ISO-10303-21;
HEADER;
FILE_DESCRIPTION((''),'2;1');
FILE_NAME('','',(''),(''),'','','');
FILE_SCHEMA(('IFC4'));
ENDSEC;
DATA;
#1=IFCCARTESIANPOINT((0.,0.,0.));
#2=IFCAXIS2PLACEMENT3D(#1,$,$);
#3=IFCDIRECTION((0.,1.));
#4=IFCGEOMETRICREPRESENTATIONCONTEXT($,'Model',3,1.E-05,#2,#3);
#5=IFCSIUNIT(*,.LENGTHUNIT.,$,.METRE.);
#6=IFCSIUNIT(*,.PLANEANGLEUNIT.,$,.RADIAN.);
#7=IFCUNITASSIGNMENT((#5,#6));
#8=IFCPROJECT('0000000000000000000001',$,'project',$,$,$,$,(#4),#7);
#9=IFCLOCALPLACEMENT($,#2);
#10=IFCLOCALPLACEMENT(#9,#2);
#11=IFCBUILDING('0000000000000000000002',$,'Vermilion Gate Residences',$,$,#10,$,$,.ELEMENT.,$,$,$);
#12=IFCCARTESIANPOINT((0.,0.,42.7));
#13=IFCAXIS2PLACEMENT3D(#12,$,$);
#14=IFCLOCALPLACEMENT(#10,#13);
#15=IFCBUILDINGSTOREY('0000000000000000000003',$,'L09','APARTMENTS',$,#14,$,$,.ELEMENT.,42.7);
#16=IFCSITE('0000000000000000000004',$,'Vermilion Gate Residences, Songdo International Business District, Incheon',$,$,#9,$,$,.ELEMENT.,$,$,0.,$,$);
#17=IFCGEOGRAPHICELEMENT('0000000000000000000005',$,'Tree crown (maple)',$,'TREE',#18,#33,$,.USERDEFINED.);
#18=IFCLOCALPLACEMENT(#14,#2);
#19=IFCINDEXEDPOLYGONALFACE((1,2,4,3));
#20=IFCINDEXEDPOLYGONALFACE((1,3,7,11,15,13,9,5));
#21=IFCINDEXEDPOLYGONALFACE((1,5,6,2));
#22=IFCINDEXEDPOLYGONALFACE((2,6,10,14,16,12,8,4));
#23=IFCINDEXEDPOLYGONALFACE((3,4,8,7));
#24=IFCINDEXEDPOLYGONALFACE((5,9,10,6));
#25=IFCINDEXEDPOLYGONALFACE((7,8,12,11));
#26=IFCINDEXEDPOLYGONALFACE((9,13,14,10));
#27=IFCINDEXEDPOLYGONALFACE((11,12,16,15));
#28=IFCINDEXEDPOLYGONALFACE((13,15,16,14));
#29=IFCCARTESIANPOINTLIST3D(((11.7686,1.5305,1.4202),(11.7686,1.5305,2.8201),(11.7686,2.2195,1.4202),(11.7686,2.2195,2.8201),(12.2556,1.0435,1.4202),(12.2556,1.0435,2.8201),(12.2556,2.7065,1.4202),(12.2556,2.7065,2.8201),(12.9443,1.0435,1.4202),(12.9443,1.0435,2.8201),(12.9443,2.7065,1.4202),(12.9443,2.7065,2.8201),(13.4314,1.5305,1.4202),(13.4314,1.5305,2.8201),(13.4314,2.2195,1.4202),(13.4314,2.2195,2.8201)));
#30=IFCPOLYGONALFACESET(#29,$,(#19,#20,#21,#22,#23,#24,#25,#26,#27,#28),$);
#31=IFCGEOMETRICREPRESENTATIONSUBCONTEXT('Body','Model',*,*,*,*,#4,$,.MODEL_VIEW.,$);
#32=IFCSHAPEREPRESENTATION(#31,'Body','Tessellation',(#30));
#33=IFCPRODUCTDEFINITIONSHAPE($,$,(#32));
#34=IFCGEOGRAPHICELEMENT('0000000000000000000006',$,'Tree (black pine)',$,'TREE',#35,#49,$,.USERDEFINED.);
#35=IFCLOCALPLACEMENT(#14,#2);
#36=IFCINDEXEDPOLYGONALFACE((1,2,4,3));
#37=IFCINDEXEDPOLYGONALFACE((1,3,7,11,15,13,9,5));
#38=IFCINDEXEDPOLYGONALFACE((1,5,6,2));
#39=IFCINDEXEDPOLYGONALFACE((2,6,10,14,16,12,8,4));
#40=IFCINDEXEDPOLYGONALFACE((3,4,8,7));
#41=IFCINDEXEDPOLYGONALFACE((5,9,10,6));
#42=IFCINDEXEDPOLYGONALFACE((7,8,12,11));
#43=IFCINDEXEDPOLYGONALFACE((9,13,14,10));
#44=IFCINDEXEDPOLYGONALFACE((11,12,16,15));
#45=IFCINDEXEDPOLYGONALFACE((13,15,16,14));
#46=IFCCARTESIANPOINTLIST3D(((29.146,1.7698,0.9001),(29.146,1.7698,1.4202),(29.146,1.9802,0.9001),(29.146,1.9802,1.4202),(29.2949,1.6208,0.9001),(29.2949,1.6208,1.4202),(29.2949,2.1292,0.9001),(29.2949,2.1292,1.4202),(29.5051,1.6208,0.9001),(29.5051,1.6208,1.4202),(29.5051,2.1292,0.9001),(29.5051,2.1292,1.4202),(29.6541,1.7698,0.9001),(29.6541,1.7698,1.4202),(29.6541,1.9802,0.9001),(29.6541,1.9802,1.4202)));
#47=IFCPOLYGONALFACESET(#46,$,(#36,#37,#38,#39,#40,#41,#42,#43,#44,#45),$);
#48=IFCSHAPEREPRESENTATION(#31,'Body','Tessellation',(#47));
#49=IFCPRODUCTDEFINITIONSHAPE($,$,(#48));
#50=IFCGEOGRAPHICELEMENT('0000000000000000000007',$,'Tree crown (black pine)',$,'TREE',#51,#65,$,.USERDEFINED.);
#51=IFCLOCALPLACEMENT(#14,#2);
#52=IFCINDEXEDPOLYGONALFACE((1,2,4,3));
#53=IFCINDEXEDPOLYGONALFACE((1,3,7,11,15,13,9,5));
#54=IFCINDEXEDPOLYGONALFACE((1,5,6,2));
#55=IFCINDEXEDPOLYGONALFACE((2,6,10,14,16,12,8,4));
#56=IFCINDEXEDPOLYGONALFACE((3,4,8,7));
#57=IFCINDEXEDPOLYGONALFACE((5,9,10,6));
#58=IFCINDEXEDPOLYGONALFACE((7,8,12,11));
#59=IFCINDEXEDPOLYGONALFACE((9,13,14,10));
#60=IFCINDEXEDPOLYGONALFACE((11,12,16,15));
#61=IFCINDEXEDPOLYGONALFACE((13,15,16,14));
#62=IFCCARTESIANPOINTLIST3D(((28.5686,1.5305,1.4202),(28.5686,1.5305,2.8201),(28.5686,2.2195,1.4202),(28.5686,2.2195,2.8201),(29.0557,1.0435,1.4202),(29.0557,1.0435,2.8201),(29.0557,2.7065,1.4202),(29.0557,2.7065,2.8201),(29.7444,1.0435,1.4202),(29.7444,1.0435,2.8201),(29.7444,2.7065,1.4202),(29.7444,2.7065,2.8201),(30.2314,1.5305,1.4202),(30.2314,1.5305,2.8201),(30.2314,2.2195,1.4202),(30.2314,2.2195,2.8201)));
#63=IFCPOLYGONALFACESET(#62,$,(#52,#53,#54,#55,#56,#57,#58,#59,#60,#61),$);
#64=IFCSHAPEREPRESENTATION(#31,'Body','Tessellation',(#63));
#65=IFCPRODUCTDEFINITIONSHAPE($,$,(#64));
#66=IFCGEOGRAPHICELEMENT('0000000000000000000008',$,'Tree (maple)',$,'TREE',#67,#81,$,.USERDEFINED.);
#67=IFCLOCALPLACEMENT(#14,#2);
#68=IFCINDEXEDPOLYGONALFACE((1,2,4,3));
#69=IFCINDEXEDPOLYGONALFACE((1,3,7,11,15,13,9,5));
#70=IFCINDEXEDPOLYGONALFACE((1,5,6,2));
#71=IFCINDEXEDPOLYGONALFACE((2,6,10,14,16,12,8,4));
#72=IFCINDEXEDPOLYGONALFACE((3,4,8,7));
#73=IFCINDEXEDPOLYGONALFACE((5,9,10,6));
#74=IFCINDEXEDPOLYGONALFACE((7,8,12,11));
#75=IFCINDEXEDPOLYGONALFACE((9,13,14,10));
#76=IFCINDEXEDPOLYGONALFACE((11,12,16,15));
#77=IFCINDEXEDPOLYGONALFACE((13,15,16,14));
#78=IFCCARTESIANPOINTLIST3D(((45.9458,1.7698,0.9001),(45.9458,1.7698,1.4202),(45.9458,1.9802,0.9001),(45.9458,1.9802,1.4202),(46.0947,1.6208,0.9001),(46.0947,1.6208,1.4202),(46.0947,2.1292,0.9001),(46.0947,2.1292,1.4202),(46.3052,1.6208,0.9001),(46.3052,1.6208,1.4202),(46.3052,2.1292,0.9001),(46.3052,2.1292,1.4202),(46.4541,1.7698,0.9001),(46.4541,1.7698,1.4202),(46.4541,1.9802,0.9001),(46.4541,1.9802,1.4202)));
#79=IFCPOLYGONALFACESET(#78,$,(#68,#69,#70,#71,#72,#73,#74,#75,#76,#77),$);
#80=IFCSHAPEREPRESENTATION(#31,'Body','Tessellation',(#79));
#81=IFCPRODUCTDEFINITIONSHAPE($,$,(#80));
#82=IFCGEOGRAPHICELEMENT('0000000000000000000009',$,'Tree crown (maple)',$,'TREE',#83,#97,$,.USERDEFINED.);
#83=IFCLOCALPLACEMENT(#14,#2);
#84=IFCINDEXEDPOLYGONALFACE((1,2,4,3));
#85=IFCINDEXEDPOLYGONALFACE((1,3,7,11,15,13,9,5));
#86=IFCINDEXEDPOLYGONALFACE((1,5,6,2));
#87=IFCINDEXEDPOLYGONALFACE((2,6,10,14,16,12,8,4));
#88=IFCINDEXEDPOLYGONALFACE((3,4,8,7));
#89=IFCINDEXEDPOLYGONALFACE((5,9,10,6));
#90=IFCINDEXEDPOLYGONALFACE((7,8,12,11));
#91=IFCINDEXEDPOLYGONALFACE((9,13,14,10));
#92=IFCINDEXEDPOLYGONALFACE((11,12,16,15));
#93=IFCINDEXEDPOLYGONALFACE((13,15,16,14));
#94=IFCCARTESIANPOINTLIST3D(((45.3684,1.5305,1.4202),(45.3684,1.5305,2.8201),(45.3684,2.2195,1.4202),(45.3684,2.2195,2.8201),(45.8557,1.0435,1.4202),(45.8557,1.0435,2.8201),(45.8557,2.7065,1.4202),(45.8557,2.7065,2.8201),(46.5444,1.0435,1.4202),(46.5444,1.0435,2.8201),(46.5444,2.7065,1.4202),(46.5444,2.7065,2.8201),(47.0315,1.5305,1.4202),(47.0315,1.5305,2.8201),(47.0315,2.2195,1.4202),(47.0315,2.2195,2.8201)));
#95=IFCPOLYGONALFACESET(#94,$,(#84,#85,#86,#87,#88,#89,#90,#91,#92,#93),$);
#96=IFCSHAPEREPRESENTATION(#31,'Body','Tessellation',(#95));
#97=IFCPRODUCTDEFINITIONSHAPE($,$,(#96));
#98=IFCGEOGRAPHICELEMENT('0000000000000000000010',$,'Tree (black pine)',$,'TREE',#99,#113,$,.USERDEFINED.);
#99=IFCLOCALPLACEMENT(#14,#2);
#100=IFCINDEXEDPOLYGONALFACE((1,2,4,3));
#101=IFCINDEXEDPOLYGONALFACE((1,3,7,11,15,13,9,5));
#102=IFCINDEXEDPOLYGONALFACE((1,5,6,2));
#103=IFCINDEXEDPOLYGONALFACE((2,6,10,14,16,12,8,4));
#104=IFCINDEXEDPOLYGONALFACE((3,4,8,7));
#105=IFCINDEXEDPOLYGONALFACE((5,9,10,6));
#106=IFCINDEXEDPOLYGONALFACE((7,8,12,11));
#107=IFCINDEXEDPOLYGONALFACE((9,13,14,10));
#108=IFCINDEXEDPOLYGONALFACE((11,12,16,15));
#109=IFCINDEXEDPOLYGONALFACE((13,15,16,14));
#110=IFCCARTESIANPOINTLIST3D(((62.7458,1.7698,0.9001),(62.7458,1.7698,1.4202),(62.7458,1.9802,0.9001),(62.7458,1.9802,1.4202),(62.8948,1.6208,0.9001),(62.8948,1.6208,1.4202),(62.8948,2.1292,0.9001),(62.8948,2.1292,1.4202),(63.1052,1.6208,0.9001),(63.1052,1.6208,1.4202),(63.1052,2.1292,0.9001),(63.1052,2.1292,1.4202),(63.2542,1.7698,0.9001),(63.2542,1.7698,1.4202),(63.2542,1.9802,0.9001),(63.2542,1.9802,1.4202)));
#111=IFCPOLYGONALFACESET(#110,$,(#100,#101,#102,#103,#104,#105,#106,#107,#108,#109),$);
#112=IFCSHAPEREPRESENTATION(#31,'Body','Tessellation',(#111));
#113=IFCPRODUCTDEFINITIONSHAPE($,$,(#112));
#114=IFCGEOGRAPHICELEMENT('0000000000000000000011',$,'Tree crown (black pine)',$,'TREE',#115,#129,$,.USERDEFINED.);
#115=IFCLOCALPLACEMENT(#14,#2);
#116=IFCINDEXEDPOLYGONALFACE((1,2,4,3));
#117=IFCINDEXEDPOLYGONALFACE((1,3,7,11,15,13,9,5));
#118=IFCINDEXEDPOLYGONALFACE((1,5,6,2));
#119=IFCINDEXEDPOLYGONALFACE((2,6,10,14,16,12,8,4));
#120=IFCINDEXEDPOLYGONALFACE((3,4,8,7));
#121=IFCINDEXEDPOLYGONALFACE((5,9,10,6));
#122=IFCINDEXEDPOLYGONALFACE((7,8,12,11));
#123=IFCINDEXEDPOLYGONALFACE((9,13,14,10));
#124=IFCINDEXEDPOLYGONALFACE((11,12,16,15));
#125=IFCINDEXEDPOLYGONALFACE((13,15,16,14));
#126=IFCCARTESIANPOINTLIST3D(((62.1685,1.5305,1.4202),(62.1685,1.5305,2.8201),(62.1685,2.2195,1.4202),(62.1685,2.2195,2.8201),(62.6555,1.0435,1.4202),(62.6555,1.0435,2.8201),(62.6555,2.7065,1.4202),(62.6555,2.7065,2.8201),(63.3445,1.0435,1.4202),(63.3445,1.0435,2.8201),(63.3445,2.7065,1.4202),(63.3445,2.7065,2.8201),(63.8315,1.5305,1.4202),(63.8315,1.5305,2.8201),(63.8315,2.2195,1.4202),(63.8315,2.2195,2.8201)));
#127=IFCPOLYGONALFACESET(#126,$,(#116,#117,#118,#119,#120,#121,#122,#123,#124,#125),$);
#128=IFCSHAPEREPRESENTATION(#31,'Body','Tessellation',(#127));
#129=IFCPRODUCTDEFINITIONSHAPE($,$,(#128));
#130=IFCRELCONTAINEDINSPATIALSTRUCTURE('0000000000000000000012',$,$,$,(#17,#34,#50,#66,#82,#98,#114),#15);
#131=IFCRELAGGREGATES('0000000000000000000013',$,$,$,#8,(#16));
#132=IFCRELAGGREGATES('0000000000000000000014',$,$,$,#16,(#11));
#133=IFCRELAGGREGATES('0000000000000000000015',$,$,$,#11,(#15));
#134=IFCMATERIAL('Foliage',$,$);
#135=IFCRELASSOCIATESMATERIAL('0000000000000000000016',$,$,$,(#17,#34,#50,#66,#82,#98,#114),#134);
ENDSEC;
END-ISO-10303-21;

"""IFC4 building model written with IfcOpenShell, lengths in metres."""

from ifc_helpers import new_model, si_unit, direction, frame, origin, place, context, subcontext, project, spatial, polyline, outline, extrude, material, element, save


model = new_model("IFC4")

# Units and contexts
model_context = context("Model", 3, precision=1e-05, world=origin(), true_north=direction((0.0, 1.0)))
body_context = subcontext(model_context, "Body", "Model", "MODEL_VIEW")
ifc_project = project(units=[si_unit("LENGTHUNIT", "METRE"), si_unit("PLANEANGLEUNIT", "RADIAN")], contexts=[model_context])

# Site, building, storey
site_placement = place(None, origin())
site = spatial("IfcSite", under=ifc_project, at=site_placement, Name="Vermilion Gate Residences, Songdo International Business District, Incheon", CompositionType="ELEMENT", RefElevation=0.0)
building_placement = place(site_placement, origin())
building = spatial("IfcBuilding", under=site, at=building_placement, Name="Vermilion Gate Residences", CompositionType="ELEMENT")
storey_placement = place(building_placement, frame((0.0, 0.0, 42.7)))
storey = spatial("IfcBuildingStorey", under=building, at=storey_placement, Name="L09", Description="APARTMENTS", CompositionType="ELEMENT", Elevation=42.7)

# Geographic elements
ifc_material_1 = material(Name="Foliage")
geographic_element_1_placement = place(storey_placement, frame((0.0, 0.0, 1.4202)))
element("IfcGeographicElement", 1, at=geographic_element_1_placement, inside=storey, material=ifc_material_1, Name="Tree crown (maple)", ObjectType="TREE", PredefinedType="USERDEFINED", context=body_context, shape_type="SweptSolid", body=[
    extrude(outline(polyline([(13.4314, 2.2195), (12.9443, 2.7065), (12.2556, 2.7065), (11.7686, 2.2195), (11.7686, 1.5305), (12.2556, 1.0435), (12.9443, 1.0435), (13.4314, 1.5305), (13.4314, 2.2195)])), origin(), (0.0, 0.0, 1.0), 1.3999),
])
geographic_element_2_placement = place(storey_placement, frame((0.0, 0.0, 0.9001)))
element("IfcGeographicElement", 2, at=geographic_element_2_placement, inside=storey, material=ifc_material_1, Name="Tree (black pine)", ObjectType="TREE", PredefinedType="USERDEFINED", context=body_context, shape_type="SweptSolid", body=[
    extrude(outline(polyline([(29.6541, 1.9802), (29.5051, 2.1292), (29.2949, 2.1292), (29.146, 1.9802), (29.146, 1.7698), (29.2949, 1.6208), (29.5051, 1.6208), (29.6541, 1.7698), (29.6541, 1.9802)])), origin(), (0.0, 0.0, 1.0), 0.52),
])
geographic_element_3_placement = place(storey_placement, frame((0.0, 0.0, 1.4202)))
element("IfcGeographicElement", 3, at=geographic_element_3_placement, inside=storey, material=ifc_material_1, Name="Tree crown (black pine)", ObjectType="TREE", PredefinedType="USERDEFINED", context=body_context, shape_type="SweptSolid", body=[
    extrude(outline(polyline([(30.2314, 2.2195), (29.7444, 2.7065), (29.0557, 2.7065), (28.5686, 2.2195), (28.5686, 1.5305), (29.0557, 1.0435), (29.7444, 1.0435), (30.2314, 1.5305), (30.2314, 2.2195)])), origin(), (0.0, 0.0, 1.0), 1.3999),
])
geographic_element_4_placement = place(storey_placement, frame((0.0, 0.0, 0.9001)))
element("IfcGeographicElement", 4, at=geographic_element_4_placement, inside=storey, material=ifc_material_1, Name="Tree (maple)", ObjectType="TREE", PredefinedType="USERDEFINED", context=body_context, shape_type="SweptSolid", body=[
    extrude(outline(polyline([(46.4541, 1.9802), (46.3052, 2.1292), (46.0947, 2.1292), (45.9458, 1.9802), (45.9458, 1.7698), (46.0947, 1.6208), (46.3052, 1.6208), (46.4541, 1.7698), (46.4541, 1.9802)])), origin(), (0.0, 0.0, 1.0), 0.52),
])
geographic_element_5_placement = place(storey_placement, frame((0.0, 0.0, 1.4202)))
element("IfcGeographicElement", 5, at=geographic_element_5_placement, inside=storey, material=ifc_material_1, Name="Tree crown (maple)", ObjectType="TREE", PredefinedType="USERDEFINED", context=body_context, shape_type="SweptSolid", body=[
    extrude(outline(polyline([(47.0315, 2.2195), (46.5444, 2.7065), (45.8557, 2.7065), (45.3684, 2.2195), (45.3684, 1.5305), (45.8557, 1.0435), (46.5444, 1.0435), (47.0315, 1.5305), (47.0315, 2.2195)])), origin(), (0.0, 0.0, 1.0), 1.3999),
])
geographic_element_6_placement = place(storey_placement, frame((0.0, 0.0, 0.9001)))
element("IfcGeographicElement", 6, at=geographic_element_6_placement, inside=storey, material=ifc_material_1, Name="Tree (black pine)", ObjectType="TREE", PredefinedType="USERDEFINED", context=body_context, shape_type="SweptSolid", body=[
    extrude(outline(polyline([(63.2542, 1.9802), (63.1052, 2.1292), (62.8948, 2.1292), (62.7458, 1.9802), (62.7458, 1.7698), (62.8948, 1.6208), (63.1052, 1.6208), (63.2542, 1.7698), (63.2542, 1.9802)])), origin(), (0.0, 0.0, 1.0), 0.52),
])
geographic_element_7_placement = place(storey_placement, frame((0.0, 0.0, 1.4202)))
element("IfcGeographicElement", 7, at=geographic_element_7_placement, inside=storey, material=ifc_material_1, Name="Tree crown (black pine)", ObjectType="TREE", PredefinedType="USERDEFINED", context=body_context, shape_type="SweptSolid", body=[
    extrude(outline(polyline([(63.8315, 2.2195), (63.3445, 2.7065), (62.6555, 2.7065), (62.1685, 2.2195), (62.1685, 1.5305), (62.6555, 1.0435), (63.3445, 1.0435), (63.8315, 1.5305), (63.8315, 2.2195)])), origin(), (0.0, 0.0, 1.0), 1.3999),
])

save(model, "model.ifc")
